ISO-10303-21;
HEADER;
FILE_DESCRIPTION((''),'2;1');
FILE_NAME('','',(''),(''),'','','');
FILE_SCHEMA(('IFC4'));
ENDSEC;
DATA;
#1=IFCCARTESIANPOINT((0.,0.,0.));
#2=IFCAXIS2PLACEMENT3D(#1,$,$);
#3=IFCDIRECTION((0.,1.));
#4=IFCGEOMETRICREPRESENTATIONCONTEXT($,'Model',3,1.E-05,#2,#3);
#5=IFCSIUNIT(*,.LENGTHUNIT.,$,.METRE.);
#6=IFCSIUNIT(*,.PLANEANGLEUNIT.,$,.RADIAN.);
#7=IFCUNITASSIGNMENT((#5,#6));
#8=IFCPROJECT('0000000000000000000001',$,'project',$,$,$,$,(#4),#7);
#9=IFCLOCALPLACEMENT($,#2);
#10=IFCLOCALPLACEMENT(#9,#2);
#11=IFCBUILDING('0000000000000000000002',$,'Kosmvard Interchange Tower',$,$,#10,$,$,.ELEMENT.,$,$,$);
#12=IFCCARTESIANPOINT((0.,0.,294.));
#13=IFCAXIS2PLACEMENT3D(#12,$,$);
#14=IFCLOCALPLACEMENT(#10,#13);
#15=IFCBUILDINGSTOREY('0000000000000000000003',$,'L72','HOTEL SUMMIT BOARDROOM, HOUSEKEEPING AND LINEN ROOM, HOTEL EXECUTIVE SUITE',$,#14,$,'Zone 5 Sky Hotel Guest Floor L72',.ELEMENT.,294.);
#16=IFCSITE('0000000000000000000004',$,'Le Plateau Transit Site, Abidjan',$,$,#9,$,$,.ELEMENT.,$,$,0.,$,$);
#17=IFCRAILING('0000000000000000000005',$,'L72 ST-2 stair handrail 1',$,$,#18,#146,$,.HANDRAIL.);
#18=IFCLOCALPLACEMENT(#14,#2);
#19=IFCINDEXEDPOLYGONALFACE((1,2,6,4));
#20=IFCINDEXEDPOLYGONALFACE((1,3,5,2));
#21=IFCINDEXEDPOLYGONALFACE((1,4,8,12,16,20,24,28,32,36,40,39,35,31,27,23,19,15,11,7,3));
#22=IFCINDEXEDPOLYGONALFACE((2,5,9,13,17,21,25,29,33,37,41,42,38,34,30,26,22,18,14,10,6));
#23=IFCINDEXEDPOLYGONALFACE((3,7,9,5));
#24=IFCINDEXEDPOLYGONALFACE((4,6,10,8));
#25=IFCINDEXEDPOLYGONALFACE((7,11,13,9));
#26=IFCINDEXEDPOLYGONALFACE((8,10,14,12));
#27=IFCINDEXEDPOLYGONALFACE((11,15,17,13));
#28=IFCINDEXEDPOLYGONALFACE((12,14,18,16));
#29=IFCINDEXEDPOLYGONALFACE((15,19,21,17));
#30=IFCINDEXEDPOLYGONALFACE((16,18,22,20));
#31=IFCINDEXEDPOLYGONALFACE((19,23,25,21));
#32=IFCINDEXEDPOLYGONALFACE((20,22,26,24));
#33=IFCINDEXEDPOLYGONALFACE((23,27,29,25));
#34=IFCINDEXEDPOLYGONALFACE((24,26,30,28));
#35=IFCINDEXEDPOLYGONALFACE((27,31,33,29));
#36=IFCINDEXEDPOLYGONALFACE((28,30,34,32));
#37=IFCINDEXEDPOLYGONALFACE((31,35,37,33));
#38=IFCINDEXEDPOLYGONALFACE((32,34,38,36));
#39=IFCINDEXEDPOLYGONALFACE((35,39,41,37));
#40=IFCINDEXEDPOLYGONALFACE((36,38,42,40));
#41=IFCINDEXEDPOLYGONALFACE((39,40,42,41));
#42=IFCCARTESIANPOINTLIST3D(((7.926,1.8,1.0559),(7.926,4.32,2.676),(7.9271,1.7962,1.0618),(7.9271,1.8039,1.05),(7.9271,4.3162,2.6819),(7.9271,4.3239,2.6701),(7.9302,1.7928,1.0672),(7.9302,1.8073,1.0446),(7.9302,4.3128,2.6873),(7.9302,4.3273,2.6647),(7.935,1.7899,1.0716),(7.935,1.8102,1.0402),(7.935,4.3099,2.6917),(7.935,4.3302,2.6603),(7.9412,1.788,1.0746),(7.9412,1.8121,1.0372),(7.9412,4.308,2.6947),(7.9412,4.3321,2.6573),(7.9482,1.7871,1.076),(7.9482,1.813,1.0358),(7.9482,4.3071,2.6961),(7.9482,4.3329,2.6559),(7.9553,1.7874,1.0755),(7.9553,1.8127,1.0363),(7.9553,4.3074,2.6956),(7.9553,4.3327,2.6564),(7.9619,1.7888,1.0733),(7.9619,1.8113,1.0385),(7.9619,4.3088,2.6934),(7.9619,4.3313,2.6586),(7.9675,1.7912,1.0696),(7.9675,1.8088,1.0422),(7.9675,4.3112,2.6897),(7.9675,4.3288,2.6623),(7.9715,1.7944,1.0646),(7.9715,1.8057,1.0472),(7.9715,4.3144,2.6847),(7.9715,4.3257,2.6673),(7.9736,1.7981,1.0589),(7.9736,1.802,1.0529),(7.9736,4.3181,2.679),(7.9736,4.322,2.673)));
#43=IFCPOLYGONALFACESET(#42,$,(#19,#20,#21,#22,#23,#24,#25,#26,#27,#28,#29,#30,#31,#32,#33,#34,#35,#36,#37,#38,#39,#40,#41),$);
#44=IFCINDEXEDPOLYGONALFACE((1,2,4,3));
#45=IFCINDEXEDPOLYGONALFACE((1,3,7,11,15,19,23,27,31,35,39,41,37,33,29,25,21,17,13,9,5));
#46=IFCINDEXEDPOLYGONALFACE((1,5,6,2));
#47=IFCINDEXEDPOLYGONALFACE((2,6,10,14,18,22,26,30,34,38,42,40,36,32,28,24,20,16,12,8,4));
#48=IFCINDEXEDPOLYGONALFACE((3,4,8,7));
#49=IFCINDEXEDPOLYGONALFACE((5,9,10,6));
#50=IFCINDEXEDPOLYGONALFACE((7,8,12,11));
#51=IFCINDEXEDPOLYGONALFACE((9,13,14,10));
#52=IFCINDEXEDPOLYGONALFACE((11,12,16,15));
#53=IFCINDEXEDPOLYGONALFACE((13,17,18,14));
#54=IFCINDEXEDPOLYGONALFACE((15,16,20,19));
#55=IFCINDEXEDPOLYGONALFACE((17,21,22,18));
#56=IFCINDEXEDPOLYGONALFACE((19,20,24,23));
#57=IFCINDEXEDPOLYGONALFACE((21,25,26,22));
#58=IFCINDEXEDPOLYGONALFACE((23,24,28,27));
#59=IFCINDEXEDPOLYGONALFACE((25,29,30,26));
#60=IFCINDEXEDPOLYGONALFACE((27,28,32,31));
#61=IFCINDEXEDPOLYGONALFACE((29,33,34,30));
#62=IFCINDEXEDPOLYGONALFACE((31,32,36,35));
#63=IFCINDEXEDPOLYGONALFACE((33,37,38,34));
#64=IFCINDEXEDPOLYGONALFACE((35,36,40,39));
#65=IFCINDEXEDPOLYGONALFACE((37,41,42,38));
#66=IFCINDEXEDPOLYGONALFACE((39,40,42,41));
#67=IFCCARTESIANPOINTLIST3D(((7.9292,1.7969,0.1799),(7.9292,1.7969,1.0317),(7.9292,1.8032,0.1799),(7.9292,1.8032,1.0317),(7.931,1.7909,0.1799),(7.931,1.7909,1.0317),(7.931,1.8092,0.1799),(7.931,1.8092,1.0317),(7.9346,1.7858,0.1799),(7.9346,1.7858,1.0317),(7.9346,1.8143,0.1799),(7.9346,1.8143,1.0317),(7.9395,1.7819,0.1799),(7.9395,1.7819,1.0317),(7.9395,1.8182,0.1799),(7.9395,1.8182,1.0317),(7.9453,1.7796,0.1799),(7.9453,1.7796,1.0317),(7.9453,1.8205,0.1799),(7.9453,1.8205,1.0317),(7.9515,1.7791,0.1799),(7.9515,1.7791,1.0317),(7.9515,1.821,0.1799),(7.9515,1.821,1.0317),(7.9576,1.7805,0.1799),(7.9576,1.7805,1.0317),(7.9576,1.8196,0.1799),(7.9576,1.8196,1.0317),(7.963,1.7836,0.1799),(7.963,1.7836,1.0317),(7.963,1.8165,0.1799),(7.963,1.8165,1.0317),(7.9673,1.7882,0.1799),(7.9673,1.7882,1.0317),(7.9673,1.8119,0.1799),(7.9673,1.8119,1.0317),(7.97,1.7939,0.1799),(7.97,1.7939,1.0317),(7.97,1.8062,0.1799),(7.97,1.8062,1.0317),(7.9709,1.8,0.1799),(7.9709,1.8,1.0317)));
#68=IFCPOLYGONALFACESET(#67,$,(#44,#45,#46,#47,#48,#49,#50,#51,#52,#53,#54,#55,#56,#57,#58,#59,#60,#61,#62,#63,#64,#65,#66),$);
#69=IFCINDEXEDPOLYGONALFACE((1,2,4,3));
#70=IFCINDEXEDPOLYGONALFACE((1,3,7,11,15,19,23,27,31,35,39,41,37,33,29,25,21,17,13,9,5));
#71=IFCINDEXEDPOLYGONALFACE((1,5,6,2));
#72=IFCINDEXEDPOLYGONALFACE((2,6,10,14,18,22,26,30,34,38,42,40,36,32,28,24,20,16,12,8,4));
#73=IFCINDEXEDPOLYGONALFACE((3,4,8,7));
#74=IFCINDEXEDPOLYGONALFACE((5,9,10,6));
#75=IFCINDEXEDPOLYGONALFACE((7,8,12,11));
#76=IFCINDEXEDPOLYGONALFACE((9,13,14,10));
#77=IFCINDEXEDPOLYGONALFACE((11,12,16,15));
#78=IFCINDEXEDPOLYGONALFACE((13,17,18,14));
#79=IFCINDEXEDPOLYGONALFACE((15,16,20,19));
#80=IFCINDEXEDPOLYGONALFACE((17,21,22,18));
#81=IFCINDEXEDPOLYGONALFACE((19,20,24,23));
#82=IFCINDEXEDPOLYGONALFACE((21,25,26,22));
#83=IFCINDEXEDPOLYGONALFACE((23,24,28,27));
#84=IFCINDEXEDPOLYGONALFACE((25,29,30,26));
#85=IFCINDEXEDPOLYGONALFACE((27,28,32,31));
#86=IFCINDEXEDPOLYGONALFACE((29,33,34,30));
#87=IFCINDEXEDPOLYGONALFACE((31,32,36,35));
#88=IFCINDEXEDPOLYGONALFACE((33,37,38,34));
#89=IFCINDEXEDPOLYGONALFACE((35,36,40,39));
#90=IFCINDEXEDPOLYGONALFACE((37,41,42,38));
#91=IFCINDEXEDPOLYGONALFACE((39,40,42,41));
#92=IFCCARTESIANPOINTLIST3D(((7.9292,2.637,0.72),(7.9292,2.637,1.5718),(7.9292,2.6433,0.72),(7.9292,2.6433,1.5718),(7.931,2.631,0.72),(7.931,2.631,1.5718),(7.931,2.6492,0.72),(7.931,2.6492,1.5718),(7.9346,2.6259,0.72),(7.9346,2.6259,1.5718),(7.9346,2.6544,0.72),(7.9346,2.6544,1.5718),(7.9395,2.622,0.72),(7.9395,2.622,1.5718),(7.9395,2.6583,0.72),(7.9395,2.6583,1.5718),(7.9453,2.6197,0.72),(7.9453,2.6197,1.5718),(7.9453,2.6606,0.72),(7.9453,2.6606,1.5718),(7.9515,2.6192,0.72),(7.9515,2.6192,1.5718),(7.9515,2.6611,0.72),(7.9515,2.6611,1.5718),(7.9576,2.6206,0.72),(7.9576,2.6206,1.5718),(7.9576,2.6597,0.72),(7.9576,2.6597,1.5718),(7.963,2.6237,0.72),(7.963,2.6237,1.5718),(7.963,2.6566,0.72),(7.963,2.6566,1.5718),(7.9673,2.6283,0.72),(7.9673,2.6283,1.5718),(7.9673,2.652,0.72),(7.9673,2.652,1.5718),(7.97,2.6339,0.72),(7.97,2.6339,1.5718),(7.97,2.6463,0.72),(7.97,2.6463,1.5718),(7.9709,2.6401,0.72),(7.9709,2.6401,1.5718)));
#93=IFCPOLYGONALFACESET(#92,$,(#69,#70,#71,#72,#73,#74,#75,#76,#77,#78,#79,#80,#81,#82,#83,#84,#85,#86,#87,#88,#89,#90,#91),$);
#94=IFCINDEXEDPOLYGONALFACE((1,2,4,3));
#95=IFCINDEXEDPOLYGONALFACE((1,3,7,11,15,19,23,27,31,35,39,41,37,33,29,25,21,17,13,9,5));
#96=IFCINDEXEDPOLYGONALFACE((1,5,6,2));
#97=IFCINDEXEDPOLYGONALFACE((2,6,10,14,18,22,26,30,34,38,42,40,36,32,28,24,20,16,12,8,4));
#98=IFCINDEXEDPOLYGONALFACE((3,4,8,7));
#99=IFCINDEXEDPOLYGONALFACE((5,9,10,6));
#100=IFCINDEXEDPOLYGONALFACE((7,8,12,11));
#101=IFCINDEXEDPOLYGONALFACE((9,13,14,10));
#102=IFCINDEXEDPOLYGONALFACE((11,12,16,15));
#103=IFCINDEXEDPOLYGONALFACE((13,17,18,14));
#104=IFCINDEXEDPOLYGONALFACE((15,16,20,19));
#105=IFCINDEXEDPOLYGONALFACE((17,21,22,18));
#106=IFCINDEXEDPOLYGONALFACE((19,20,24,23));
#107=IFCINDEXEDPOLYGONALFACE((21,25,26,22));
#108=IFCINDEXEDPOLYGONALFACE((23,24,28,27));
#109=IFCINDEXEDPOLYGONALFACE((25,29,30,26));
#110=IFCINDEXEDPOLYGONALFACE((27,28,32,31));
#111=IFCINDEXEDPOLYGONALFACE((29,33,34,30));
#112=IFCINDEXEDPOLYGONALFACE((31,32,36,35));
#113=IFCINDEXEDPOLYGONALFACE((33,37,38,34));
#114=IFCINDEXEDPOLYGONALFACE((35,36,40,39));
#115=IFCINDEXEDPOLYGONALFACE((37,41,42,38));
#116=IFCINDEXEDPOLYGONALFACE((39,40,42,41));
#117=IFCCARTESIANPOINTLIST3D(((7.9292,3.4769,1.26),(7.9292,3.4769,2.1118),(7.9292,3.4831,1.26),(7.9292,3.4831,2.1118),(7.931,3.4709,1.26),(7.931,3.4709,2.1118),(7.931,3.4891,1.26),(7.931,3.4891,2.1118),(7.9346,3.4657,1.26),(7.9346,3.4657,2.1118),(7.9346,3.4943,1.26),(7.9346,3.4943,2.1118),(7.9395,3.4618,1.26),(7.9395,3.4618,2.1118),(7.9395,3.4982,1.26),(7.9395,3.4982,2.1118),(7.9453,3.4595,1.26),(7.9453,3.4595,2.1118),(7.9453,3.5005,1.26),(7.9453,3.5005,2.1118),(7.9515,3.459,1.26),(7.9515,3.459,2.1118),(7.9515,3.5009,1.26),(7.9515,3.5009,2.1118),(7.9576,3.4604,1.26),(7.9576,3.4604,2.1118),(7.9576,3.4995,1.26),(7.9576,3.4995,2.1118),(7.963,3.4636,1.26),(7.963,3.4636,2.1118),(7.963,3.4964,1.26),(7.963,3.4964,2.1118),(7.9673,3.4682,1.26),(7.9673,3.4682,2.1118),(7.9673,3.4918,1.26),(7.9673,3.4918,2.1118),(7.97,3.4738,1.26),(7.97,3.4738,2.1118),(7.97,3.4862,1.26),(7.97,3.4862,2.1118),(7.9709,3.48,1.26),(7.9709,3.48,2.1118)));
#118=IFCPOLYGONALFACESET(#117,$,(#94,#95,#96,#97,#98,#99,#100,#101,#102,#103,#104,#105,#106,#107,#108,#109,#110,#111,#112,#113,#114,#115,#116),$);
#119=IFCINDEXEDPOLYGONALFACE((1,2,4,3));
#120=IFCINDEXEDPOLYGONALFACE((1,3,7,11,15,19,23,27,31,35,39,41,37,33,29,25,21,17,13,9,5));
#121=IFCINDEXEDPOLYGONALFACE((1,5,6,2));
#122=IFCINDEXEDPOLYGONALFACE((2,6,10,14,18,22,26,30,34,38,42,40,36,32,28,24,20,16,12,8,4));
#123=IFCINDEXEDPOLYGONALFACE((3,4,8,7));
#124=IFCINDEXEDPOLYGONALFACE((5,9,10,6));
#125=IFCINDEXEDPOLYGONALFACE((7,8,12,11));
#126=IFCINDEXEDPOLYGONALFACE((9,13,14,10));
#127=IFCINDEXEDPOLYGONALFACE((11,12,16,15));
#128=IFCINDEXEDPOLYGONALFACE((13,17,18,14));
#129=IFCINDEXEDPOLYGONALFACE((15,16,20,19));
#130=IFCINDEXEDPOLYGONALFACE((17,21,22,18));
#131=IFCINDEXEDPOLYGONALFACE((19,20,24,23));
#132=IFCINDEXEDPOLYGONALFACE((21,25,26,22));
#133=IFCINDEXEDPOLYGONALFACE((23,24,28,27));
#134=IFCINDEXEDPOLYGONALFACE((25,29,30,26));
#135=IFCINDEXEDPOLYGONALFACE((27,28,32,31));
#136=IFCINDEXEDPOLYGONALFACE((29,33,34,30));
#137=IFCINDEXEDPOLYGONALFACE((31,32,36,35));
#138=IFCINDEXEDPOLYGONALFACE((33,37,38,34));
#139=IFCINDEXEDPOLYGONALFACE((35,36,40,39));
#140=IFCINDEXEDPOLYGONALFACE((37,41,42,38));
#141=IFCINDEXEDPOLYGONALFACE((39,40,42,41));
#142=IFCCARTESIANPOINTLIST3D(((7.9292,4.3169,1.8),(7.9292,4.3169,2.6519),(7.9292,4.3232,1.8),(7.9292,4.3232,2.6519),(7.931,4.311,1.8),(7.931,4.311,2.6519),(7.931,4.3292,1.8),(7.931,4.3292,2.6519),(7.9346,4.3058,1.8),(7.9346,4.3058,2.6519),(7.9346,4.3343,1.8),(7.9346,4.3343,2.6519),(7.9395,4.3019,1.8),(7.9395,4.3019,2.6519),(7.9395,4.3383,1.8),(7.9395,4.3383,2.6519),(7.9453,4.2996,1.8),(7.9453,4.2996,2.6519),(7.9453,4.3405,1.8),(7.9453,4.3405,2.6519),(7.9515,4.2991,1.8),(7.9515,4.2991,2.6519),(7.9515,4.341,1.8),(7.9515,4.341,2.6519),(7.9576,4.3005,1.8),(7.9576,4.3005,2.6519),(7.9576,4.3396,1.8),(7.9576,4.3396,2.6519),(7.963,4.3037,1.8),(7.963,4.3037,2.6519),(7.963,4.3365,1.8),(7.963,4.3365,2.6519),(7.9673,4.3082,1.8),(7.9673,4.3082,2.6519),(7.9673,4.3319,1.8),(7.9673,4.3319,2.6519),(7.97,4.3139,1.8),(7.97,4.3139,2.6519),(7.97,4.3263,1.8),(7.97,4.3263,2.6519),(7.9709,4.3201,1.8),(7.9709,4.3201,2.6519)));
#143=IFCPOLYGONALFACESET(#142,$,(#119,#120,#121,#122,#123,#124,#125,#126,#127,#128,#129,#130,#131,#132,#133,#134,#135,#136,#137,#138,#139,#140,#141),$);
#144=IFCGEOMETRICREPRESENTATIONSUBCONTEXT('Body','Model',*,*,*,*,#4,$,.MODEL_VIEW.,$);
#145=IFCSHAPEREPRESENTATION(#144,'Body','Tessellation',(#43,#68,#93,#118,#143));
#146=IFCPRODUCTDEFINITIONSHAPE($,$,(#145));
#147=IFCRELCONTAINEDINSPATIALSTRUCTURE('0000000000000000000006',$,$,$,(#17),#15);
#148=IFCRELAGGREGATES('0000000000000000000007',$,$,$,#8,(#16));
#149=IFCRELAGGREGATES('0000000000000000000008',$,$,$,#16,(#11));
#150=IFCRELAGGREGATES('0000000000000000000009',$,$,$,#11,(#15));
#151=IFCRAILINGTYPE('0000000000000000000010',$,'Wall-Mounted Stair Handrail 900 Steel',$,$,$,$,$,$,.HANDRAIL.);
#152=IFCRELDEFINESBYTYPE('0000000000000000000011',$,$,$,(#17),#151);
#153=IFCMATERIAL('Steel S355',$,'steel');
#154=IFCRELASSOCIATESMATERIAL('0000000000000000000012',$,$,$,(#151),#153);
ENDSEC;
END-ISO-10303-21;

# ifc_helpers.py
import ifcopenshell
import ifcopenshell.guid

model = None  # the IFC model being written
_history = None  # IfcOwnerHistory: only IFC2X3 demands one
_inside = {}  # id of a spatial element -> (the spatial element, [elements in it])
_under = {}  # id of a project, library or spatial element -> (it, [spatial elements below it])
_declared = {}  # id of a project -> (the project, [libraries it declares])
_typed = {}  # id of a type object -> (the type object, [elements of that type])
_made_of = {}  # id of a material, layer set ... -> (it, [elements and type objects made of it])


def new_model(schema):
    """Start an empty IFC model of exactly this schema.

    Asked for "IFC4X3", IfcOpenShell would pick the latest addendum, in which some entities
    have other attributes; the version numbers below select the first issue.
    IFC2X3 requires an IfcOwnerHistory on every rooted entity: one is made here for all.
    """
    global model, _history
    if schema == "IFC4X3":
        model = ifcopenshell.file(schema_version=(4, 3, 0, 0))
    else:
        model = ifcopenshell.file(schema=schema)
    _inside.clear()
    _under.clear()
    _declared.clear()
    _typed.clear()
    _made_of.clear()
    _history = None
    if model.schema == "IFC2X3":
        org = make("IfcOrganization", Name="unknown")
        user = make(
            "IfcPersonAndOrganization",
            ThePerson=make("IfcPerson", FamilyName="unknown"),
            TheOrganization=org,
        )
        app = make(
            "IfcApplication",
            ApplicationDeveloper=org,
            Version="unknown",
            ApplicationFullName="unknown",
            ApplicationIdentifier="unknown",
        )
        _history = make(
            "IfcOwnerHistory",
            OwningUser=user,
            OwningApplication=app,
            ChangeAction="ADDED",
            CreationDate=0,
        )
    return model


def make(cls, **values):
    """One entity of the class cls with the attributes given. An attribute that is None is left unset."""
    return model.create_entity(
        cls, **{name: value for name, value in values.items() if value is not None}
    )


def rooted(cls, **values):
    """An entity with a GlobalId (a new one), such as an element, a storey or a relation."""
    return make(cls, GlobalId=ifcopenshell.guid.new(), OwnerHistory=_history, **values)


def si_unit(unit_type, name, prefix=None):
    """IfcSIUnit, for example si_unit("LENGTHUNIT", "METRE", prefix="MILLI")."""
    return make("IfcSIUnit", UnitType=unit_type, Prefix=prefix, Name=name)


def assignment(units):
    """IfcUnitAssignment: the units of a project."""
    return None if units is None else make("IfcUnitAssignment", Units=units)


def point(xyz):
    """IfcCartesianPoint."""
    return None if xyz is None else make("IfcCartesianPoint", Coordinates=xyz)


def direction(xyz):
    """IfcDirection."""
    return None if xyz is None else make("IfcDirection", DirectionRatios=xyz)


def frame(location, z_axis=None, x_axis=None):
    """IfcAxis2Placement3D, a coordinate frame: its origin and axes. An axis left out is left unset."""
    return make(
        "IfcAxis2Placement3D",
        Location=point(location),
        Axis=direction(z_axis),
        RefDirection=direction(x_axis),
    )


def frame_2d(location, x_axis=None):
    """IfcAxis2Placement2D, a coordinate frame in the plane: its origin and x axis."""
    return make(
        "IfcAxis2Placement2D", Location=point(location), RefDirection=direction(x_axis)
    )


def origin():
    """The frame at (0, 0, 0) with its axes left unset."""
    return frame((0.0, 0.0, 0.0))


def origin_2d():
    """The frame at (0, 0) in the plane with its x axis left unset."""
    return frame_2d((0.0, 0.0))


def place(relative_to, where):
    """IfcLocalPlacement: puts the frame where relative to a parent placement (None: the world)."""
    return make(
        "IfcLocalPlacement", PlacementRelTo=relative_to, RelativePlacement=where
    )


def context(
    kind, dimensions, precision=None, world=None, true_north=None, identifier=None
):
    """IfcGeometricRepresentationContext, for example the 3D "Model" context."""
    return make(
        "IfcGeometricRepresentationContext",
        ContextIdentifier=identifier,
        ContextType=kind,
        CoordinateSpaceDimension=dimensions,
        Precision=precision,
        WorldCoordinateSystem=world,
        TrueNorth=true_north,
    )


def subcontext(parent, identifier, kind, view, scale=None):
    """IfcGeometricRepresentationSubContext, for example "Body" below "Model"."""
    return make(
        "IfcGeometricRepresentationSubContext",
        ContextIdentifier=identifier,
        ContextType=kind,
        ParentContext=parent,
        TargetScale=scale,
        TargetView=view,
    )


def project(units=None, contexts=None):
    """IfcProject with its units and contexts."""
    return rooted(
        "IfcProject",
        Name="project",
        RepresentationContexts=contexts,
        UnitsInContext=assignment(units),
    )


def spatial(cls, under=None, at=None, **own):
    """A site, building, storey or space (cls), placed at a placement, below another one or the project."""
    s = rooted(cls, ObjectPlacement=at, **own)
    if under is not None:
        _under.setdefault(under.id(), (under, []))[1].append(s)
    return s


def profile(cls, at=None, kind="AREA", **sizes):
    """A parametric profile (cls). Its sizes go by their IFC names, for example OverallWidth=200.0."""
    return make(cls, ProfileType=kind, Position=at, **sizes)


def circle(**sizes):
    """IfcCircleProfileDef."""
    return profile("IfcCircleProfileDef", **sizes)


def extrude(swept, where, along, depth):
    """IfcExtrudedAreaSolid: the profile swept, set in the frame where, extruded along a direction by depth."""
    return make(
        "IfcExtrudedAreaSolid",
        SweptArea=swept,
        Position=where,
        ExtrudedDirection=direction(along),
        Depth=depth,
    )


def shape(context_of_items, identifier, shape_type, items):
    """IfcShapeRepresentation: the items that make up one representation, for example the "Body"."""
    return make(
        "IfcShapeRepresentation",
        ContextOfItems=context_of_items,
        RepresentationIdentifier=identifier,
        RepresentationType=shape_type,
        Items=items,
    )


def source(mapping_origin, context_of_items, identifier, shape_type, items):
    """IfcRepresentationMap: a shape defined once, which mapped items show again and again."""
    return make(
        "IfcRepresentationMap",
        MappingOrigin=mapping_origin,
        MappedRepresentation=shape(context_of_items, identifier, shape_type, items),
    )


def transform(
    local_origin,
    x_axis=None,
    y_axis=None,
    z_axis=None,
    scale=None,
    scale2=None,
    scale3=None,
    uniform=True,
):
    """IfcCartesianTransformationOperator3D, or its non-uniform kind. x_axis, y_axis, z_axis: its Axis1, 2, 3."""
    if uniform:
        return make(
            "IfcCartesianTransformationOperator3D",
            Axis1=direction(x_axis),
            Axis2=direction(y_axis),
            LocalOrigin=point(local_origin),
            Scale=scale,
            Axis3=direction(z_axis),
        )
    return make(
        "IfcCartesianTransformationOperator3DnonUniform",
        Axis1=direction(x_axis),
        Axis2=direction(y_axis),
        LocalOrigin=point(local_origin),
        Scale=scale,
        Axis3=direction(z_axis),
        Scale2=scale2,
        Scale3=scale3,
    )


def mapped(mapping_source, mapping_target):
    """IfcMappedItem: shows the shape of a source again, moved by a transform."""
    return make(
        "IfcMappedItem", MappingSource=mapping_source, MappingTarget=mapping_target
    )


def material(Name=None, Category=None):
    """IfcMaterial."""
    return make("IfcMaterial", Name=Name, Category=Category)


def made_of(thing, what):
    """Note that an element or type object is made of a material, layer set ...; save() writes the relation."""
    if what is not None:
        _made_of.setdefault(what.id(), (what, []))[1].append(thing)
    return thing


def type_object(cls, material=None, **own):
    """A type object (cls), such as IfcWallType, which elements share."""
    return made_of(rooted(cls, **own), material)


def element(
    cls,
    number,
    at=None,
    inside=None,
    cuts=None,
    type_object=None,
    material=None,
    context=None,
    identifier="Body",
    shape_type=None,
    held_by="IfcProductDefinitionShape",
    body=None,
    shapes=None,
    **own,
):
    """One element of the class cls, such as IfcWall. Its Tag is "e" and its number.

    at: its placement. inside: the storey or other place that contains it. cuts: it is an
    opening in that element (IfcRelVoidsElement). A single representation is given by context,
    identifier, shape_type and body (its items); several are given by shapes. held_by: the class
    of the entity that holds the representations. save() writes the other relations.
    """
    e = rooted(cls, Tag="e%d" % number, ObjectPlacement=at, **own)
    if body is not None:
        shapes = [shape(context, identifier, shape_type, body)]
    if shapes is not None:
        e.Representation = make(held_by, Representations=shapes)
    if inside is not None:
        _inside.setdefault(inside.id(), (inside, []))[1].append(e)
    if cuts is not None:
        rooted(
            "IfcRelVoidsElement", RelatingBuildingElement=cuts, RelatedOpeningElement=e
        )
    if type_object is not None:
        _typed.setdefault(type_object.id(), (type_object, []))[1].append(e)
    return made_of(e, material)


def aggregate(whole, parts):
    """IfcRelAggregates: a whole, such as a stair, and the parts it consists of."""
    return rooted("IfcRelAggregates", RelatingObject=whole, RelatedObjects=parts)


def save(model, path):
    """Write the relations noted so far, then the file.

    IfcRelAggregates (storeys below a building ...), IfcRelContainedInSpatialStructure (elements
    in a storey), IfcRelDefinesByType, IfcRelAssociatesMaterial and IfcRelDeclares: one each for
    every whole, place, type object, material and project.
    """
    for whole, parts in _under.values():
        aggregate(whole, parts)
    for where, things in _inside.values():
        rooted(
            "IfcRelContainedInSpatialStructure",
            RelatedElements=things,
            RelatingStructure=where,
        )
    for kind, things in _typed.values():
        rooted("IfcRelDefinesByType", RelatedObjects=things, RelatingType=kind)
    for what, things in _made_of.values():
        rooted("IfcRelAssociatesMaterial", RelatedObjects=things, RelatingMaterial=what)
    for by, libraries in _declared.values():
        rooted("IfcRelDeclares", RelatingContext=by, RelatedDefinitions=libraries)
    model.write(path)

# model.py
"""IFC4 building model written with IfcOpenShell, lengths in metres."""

from ifc_helpers import new_model, si_unit, direction, frame, origin, origin_2d, place, context, subcontext, project, spatial, circle, extrude, source, transform, mapped, material, type_object, element, save


model = new_model("IFC4")

# Units and contexts
model_context = context("Model", 3, precision=1e-05, world=origin(), true_north=direction((0.0, 1.0)))
body_context = subcontext(model_context, "Body", "Model", "MODEL_VIEW")
ifc_project = project(units=[si_unit("LENGTHUNIT", "METRE"), si_unit("PLANEANGLEUNIT", "RADIAN")], contexts=[model_context])

# Site, building, storey
site_placement = place(None, origin())
site = spatial("IfcSite", under=ifc_project, at=site_placement, Name="Le Plateau Transit Site, Abidjan", CompositionType="ELEMENT", RefElevation=0.0)
building_placement = place(site_placement, origin())
building = spatial("IfcBuilding", under=site, at=building_placement, Name="Kosmvard Interchange Tower", CompositionType="ELEMENT")
storey_placement = place(building_placement, frame((0.0, 0.0, 294.0)))
storey = spatial("IfcBuildingStorey", under=building, at=storey_placement, Name="L72", Description="HOTEL SUMMIT BOARDROOM, HOUSEKEEPING AND LINEN ROOM, HOTEL EXECUTIVE SUITE", LongName="Zone 5 Sky Hotel Guest Floor L72", CompositionType="ELEMENT", Elevation=294.0)

# Railing
ifc_material_1 = material(Name="Steel S355", Category="steel")
railing_type_1 = type_object("IfcRailingType", Name="Wall-Mounted Stair Handrail 900 Steel", PredefinedType="HANDRAIL", material=ifc_material_1)
shared_shape_1 = source(origin(), body_context, "Body", "SweptSolid", [
    extrude(circle(Radius=0.0239, at=origin_2d()), frame((0.0, 0.0, 0.876), z_axis=(0.0, 0.841163, 0.540782), x_axis=(-1.0, 0.0, 0.0)), (0.0, 0.0, 1.0), 2.9958),
    extrude(circle(Radius=0.021, at=origin_2d()), origin(), (0.0, 0.0, 1.0), 0.8518),
    extrude(circle(Radius=0.021, at=origin_2d()), frame((0.0, 0.8401, 0.54)), (0.0, 0.0, 1.0), 0.8518),
    extrude(circle(Radius=0.021, at=origin_2d()), frame((0.0, 1.6799, 1.0801)), (0.0, 0.0, 1.0), 0.8518),
    extrude(circle(Radius=0.021, at=origin_2d()), frame((0.0, 2.52, 1.6201)), (0.0, 0.0, 1.0), 0.8518),
])
railing_1_placement = place(storey_placement, frame((7.95, 1.8, 0.1799)))
element("IfcRailing", 1, at=railing_1_placement, inside=storey, type_object=railing_type_1, Name="L72 ST-2 stair handrail 1", PredefinedType="HANDRAIL", context=body_context, shape_type="MappedRepresentation", body=[
    mapped(shared_shape_1, transform((0.0, 0.0, 0.0), scale=1.0)),
])

save(model, "model.ifc")
